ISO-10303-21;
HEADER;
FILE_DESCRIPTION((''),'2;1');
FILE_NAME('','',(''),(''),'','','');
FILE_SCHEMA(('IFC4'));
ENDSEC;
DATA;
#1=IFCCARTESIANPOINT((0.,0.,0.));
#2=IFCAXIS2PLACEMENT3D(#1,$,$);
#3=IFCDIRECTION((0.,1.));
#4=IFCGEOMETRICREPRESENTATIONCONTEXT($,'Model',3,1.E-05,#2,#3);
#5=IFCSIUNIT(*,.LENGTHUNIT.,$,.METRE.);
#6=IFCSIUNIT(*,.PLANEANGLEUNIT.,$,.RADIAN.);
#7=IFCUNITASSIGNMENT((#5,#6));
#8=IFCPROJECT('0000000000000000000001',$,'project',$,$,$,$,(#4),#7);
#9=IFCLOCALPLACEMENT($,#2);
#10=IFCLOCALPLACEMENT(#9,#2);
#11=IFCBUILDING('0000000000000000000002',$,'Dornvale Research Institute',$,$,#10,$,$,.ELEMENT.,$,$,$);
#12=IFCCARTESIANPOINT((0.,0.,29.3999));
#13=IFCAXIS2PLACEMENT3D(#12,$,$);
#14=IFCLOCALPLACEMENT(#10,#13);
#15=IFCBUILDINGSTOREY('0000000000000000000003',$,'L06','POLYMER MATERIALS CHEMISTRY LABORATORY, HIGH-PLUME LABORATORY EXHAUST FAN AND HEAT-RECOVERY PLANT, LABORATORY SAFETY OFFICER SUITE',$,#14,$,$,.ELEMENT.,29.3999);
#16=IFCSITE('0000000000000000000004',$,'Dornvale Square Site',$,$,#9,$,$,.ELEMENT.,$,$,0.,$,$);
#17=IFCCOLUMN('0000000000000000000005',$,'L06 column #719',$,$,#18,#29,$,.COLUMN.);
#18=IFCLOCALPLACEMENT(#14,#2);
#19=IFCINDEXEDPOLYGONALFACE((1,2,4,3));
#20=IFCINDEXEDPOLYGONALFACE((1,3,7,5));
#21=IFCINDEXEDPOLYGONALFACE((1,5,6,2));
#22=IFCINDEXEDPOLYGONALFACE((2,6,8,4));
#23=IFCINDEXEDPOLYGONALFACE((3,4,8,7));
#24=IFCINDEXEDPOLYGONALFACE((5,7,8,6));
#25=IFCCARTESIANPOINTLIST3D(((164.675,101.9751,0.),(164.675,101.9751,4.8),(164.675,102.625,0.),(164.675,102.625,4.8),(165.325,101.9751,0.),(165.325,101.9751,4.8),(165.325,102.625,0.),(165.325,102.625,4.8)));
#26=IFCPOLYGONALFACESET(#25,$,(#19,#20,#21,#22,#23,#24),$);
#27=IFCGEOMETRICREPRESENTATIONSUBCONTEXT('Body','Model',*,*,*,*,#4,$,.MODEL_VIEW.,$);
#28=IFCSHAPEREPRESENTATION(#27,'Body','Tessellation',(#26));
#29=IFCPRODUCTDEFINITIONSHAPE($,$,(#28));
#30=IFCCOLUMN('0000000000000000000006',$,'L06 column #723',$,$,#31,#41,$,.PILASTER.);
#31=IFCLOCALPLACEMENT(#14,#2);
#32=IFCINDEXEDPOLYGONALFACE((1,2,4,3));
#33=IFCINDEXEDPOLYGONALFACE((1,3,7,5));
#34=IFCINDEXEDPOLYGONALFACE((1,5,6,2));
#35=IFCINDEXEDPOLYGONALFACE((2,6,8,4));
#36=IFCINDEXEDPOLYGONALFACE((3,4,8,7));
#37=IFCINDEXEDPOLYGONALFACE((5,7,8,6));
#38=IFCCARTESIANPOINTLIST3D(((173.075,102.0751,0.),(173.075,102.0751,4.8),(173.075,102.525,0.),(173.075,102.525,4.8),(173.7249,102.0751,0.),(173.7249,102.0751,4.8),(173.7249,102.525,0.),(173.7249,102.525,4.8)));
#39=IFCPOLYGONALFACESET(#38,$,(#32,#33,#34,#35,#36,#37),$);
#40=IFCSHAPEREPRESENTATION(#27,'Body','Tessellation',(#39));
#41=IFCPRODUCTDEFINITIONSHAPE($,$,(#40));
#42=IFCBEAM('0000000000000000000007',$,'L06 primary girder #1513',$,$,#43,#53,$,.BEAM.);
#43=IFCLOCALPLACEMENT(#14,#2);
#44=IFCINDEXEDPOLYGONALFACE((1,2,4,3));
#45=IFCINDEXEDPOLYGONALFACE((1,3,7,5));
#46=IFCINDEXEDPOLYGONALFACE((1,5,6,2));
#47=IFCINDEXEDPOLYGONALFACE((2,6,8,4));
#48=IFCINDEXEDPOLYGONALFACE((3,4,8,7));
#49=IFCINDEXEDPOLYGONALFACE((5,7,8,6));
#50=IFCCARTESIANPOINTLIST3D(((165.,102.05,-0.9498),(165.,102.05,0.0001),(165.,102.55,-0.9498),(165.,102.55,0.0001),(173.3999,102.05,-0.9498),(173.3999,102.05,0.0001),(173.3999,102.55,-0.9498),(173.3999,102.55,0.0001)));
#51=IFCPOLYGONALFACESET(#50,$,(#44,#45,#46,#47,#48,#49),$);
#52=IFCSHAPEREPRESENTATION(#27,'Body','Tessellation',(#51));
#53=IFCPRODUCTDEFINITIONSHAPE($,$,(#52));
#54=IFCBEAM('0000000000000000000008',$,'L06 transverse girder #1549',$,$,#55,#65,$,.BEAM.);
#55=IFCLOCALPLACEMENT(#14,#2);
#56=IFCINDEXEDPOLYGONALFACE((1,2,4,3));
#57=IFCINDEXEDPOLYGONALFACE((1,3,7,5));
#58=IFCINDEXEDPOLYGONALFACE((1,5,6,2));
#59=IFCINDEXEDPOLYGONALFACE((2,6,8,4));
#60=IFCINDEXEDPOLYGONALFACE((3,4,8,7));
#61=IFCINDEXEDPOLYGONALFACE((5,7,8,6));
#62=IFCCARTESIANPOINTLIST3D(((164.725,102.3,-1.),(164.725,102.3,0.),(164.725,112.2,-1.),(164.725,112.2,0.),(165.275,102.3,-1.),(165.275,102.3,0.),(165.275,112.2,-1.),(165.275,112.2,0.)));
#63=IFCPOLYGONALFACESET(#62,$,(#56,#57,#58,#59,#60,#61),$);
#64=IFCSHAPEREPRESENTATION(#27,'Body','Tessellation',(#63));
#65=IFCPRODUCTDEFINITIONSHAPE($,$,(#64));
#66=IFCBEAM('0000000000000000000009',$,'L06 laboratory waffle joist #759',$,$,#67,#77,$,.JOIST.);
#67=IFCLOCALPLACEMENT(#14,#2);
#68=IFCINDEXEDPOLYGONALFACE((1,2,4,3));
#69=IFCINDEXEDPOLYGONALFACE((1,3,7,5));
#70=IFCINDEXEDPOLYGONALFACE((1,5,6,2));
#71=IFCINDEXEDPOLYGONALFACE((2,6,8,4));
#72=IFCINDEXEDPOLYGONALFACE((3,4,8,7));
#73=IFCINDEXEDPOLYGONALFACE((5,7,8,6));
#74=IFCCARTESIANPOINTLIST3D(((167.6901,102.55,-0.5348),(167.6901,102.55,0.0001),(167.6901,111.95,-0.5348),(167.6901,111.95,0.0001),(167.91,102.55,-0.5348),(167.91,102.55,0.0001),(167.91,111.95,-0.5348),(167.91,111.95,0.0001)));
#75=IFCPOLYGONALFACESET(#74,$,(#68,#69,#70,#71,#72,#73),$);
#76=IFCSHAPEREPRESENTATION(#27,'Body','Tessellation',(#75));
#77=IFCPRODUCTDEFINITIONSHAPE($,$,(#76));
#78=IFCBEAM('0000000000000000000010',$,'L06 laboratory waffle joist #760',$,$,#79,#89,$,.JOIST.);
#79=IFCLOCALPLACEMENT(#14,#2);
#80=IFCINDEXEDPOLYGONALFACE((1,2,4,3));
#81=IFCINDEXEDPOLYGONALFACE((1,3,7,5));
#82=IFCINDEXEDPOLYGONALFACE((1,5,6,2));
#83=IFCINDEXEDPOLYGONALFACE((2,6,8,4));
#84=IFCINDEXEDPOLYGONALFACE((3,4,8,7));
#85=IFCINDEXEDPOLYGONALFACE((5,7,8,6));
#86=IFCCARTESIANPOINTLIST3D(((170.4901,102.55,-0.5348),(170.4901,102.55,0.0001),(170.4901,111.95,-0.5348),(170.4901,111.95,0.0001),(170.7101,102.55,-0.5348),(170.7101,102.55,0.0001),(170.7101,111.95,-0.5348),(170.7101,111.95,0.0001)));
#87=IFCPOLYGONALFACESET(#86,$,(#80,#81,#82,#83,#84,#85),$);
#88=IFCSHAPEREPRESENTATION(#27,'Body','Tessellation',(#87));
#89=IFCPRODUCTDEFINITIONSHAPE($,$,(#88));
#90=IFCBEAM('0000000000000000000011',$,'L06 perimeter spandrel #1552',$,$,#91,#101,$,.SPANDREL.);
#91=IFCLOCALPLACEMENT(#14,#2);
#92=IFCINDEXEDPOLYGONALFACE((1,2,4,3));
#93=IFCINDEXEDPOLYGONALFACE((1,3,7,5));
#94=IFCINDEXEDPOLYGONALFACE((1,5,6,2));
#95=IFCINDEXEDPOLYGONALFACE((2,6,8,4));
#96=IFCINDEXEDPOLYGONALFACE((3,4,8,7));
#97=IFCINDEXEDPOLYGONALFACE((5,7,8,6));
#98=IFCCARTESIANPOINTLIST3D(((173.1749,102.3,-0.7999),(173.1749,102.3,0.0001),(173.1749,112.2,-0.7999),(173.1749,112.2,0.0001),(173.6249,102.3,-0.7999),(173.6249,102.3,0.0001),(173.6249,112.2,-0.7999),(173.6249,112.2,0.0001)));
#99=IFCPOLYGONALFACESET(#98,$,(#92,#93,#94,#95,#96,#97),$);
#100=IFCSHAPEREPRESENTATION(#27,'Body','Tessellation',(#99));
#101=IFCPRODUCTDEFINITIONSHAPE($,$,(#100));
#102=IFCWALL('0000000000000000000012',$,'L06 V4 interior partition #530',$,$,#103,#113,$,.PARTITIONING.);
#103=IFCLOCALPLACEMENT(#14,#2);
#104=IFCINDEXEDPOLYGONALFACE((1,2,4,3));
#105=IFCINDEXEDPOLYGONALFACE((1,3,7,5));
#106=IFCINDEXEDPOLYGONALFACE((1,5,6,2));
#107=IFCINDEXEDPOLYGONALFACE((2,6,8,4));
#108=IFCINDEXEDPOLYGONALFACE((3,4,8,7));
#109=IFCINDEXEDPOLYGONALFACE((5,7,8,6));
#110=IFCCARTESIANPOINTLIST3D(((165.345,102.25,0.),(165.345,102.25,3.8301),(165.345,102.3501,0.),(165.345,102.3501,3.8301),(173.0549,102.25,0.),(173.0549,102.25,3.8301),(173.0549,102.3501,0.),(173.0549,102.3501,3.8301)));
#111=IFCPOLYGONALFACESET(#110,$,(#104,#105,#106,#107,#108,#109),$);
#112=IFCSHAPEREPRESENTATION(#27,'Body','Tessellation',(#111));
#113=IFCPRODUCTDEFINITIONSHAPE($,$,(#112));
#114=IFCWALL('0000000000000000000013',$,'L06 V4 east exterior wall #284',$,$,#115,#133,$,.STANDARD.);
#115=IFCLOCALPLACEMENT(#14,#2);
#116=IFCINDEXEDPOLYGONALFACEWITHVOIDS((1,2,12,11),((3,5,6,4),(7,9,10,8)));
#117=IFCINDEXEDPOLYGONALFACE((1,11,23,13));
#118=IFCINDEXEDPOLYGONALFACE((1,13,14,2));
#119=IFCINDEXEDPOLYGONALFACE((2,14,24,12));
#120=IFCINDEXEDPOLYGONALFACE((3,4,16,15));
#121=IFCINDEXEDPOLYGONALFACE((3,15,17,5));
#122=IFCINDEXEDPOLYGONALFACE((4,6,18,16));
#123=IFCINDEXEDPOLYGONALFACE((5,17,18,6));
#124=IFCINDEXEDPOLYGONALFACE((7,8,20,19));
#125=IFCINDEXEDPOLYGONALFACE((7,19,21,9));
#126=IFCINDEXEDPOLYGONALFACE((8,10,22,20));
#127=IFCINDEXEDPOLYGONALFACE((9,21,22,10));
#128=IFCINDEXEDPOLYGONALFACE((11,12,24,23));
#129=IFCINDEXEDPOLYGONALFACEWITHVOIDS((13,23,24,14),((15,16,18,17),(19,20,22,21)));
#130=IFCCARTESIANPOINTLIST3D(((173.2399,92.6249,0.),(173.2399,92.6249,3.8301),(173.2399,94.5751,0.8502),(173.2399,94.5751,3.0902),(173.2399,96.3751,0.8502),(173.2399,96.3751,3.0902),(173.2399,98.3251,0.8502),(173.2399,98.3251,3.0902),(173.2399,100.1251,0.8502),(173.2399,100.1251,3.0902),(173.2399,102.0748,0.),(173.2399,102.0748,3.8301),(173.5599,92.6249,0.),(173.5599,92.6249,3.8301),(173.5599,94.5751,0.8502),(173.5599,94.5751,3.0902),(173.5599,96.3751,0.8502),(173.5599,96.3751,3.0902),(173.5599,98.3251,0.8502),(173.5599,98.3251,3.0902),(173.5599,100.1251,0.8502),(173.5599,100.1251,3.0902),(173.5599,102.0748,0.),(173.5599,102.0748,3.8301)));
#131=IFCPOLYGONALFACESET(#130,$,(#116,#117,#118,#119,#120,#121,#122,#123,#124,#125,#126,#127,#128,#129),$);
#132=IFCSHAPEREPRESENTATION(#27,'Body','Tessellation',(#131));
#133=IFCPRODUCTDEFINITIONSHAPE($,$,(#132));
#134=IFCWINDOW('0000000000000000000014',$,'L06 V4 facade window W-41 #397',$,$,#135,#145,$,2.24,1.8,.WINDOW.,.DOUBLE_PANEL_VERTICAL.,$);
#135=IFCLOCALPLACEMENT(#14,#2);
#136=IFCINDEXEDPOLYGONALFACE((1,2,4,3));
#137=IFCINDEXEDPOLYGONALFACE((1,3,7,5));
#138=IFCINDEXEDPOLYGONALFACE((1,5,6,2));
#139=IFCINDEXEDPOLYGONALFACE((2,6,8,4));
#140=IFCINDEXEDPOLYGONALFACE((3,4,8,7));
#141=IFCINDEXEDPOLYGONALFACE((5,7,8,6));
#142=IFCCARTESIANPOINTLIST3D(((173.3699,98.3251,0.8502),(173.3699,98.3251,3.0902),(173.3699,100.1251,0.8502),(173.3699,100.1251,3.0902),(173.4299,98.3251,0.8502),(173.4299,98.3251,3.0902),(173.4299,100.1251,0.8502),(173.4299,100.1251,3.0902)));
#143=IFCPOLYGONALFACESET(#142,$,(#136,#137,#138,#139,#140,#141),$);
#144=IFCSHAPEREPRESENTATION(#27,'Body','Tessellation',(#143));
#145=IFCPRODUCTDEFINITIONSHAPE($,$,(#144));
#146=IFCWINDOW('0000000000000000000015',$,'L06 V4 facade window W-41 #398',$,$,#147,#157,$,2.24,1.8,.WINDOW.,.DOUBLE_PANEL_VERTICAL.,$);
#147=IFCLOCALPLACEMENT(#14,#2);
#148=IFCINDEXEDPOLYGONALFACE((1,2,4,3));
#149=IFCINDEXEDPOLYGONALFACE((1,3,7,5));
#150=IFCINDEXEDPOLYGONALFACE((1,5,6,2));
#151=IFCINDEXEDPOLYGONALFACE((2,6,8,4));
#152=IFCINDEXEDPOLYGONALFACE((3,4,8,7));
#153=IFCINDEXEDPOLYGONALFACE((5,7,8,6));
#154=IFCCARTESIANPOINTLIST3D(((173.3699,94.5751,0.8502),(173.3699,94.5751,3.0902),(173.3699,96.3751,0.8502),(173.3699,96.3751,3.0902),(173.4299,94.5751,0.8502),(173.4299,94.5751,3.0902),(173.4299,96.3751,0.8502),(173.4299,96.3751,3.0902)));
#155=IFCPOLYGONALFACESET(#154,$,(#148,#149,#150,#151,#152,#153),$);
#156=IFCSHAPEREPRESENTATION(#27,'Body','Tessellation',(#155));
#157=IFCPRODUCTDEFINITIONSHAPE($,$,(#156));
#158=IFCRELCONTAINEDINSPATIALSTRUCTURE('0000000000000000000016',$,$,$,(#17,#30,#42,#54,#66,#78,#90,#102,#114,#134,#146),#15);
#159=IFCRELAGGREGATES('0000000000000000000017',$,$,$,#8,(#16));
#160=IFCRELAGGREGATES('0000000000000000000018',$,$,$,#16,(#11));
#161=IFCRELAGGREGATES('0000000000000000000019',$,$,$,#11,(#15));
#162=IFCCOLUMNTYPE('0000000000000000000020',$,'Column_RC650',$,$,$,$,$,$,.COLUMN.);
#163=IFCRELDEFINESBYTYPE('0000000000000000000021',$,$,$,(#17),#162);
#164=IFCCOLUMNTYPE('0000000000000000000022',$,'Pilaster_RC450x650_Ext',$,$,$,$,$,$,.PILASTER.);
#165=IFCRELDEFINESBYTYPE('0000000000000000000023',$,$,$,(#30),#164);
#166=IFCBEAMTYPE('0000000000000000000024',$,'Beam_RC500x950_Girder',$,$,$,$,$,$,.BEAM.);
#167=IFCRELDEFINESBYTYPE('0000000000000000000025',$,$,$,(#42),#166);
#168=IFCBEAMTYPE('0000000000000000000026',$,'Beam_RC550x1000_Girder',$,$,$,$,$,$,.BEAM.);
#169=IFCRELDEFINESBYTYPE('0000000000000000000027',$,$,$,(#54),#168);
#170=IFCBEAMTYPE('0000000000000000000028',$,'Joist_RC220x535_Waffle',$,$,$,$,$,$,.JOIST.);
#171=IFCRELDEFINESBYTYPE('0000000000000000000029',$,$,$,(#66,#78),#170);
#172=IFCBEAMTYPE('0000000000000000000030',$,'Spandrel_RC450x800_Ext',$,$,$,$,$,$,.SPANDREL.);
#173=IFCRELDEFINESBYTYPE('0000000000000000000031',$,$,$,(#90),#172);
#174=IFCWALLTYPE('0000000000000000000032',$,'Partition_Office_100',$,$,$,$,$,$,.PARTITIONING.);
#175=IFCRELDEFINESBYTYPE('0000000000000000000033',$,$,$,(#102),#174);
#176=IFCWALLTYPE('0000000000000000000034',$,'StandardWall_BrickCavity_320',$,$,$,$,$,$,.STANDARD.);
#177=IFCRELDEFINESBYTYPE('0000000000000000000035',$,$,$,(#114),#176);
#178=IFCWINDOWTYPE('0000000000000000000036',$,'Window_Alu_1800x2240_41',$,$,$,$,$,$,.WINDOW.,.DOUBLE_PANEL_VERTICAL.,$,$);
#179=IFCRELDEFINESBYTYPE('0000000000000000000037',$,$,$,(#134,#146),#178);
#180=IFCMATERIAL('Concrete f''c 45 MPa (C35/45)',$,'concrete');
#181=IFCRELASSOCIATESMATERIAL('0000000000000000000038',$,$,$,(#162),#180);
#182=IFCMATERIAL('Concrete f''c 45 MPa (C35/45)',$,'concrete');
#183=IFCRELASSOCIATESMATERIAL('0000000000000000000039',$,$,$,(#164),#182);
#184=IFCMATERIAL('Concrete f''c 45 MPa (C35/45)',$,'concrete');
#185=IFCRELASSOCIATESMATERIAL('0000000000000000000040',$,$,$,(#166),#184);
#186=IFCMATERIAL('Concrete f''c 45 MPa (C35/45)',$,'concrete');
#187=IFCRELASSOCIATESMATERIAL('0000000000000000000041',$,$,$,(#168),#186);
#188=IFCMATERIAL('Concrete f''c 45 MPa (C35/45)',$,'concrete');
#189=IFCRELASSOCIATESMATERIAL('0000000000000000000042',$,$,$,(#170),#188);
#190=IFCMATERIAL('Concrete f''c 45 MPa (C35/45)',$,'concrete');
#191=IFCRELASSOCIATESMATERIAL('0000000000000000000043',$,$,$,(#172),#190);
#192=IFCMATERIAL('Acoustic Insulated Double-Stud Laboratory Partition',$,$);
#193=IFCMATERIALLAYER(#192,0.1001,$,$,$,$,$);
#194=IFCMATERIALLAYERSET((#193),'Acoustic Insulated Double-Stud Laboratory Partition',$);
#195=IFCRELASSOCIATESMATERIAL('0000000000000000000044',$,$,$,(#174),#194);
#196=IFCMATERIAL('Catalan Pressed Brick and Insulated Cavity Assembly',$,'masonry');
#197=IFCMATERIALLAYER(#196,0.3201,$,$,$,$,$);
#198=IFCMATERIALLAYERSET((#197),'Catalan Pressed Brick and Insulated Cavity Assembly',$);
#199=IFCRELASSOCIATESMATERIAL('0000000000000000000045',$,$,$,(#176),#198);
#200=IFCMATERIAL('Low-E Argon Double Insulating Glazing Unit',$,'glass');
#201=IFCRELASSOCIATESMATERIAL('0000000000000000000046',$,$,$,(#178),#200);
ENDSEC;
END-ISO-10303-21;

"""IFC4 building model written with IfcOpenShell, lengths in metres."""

from ifc_helpers import new_model, si_unit, direction, frame, frame_2d, origin, origin_2d, place, context, subcontext, project, spatial, rectangle, extrude, material, layer, layer_set, material_profile, profile_set, type_object, element, fill, save


model = new_model("IFC4")

# Units and contexts
model_context = context("Model", 3, precision=1e-05, world=origin(), true_north=direction((0.0, 1.0)))
body_context = subcontext(model_context, "Body", "Model", "MODEL_VIEW")
ifc_project = project(units=[si_unit("LENGTHUNIT", "METRE"), si_unit("PLANEANGLEUNIT", "RADIAN")], contexts=[model_context])

# Site, building, storey
site_placement = place(None, origin())
site = spatial("IfcSite", under=ifc_project, at=site_placement, Name="Dornvale Square Site", CompositionType="ELEMENT", RefElevation=0.0)
building_placement = place(site_placement, origin())
building = spatial("IfcBuilding", under=site, at=building_placement, Name="Dornvale Research Institute", CompositionType="ELEMENT")
storey_placement = place(building_placement, frame((0.0, 0.0, 29.3999)))
storey = spatial("IfcBuildingStorey", under=building, at=storey_placement, Name="L06", Description="POLYMER MATERIALS CHEMISTRY LABORATORY, HIGH-PLUME LABORATORY EXHAUST FAN AND HEAT-RECOVERY PLANT, LABORATORY SAFETY OFFICER SUITE", CompositionType="ELEMENT", Elevation=29.3999)

# Columns
ifc_material_1 = material(Name="Concrete f'c 45 MPa (C35/45)", Category="concrete")
ifc_material_profile_1 = material_profile(ifc_material_1, rectangle(XDim=0.6499, YDim=0.6499, at=origin_2d()), Name="RC 650x650")
ifc_profile_set_1 = profile_set([ifc_material_profile_1], Name="Concrete f'c 45 MPa (C35/45)")
column_type_1 = type_object("IfcColumnType", Name="Column_RC650", PredefinedType="COLUMN", material=ifc_profile_set_1)
column_1_placement = place(storey_placement, frame((165.0, 102.3, 0.0), z_axis=(0.0, 0.0, 1.0), x_axis=(1.0, 0.0, 0.0)))
element("IfcColumn", 1, at=column_1_placement, inside=storey, type_object=column_type_1, Name="L06 column #719", PredefinedType="COLUMN", context=body_context, shape_type="SweptSolid", body=[
    extrude(rectangle(XDim=0.6499, YDim=0.6499, at=origin_2d()), origin(), (0.0, 0.0, 1.0), 4.8),
])
ifc_material_2 = material(Name="Concrete f'c 45 MPa (C35/45)", Category="concrete")
ifc_material_profile_2 = material_profile(ifc_material_2, rectangle(XDim=0.45, YDim=0.6499, at=origin_2d()), Name="RC 450x650")
ifc_profile_set_2 = profile_set([ifc_material_profile_2], Name="Concrete f'c 45 MPa (C35/45)")
column_type_2 = type_object("IfcColumnType", Name="Pilaster_RC450x650_Ext", PredefinedType="PILASTER", material=ifc_profile_set_2)
column_2_placement = place(storey_placement, frame((173.3999, 102.3, 0.0), z_axis=(0.0, 0.0, 1.0), x_axis=(0.0, 1.0, 0.0)))
element("IfcColumn", 2, at=column_2_placement, inside=storey, type_object=column_type_2, Name="L06 column #723", PredefinedType="PILASTER", context=body_context, shape_type="SweptSolid", body=[
    extrude(rectangle(XDim=0.45, YDim=0.6499, at=origin_2d()), origin(), (0.0, 0.0, 1.0), 4.8),
])

# Beams
ifc_material_3 = material(Name="Concrete f'c 45 MPa (C35/45)", Category="concrete")
ifc_material_profile_3 = material_profile(ifc_material_3, rectangle(XDim=0.5, YDim=0.95, at=origin_2d()), Name="RC 500x950")
ifc_profile_set_3 = profile_set([ifc_material_profile_3], Name="Concrete f'c 45 MPa (C35/45)")
beam_type_1 = type_object("IfcBeamType", Name="Beam_RC500x950_Girder", PredefinedType="BEAM", material=ifc_profile_set_3)
beam_1_placement = place(storey_placement, frame((165.0, 102.3, -0.4749), z_axis=(1.0, 0.0, 0.0), x_axis=(0.0, 1.0, 0.0)))
element("IfcBeam", 3, at=beam_1_placement, inside=storey, type_object=beam_type_1, Name="L06 primary girder #1513", PredefinedType="BEAM", context=body_context, shape_type="SweptSolid", body=[
    extrude(rectangle(XDim=0.5, YDim=0.95, at=origin_2d()), origin(), (0.0, 0.0, 1.0), 8.3999),
])
ifc_material_4 = material(Name="Concrete f'c 45 MPa (C35/45)", Category="concrete")
ifc_material_profile_4 = material_profile(ifc_material_4, rectangle(XDim=0.55, YDim=1.0, at=origin_2d()), Name="RC 550x1000")
ifc_profile_set_4 = profile_set([ifc_material_profile_4], Name="Concrete f'c 45 MPa (C35/45)")
beam_type_2 = type_object("IfcBeamType", Name="Beam_RC550x1000_Girder", PredefinedType="BEAM", material=ifc_profile_set_4)
beam_2_placement = place(storey_placement, frame((165.0, 102.3, -0.5), z_axis=(0.0, 1.0, 0.0), x_axis=(-1.0, 0.0, 0.0)))
element("IfcBeam", 4, at=beam_2_placement, inside=storey, type_object=beam_type_2, Name="L06 transverse girder #1549", PredefinedType="BEAM", context=body_context, shape_type="SweptSolid", body=[
    extrude(rectangle(XDim=0.55, YDim=1.0, at=origin_2d()), origin(), (0.0, 0.0, 1.0), 9.8999),
])
ifc_material_5 = material(Name="Concrete f'c 45 MPa (C35/45)", Category="concrete")
ifc_material_profile_5 = material_profile(ifc_material_5, rectangle(XDim=0.22, YDim=0.5349, at=origin_2d()), Name="RC 220x535")
ifc_profile_set_5 = profile_set([ifc_material_profile_5], Name="Concrete f'c 45 MPa (C35/45)")
beam_type_3 = type_object("IfcBeamType", Name="Joist_RC220x535_Waffle", PredefinedType="JOIST", material=ifc_profile_set_5)
for number, where, z_axis, x_axis, name in (
    (5, (167.8, 102.55, -0.2673), (0.0, 1.0, 0.0), (-1.0, 0.0, 0.0), "L06 laboratory waffle joist #759"),
    (6, (170.6001, 102.55, -0.2673), (0.0, 1.0, 0.0), (-1.0, 0.0, 0.0), "L06 laboratory waffle joist #760"),
):
    element("IfcBeam", number, at=place(storey_placement, frame(where, z_axis=z_axis, x_axis=x_axis)), inside=storey, type_object=beam_type_3, Name=name, PredefinedType="JOIST", context=body_context, shape_type="SweptSolid", body=[
        extrude(rectangle(XDim=0.22, YDim=0.5349, at=origin_2d()), origin(), (0.0, 0.0, 1.0), 9.3999),
    ])
ifc_material_6 = material(Name="Concrete f'c 45 MPa (C35/45)", Category="concrete")
ifc_material_profile_6 = material_profile(ifc_material_6, rectangle(XDim=0.45, YDim=0.8, at=origin_2d()), Name="RC 450x800")
ifc_profile_set_6 = profile_set([ifc_material_profile_6], Name="Concrete f'c 45 MPa (C35/45)")
beam_type_4 = type_object("IfcBeamType", Name="Spandrel_RC450x800_Ext", PredefinedType="SPANDREL", material=ifc_profile_set_6)
beam_3_placement = place(storey_placement, frame((173.3999, 102.3, -0.3999), z_axis=(0.0, 1.0, 0.0), x_axis=(-1.0, 0.0, 0.0)))
element("IfcBeam", 7, at=beam_3_placement, inside=storey, type_object=beam_type_4, Name="L06 perimeter spandrel #1552", PredefinedType="SPANDREL", context=body_context, shape_type="SweptSolid", body=[
    extrude(rectangle(XDim=0.45, YDim=0.8, at=origin_2d()), origin(), (0.0, 0.0, 1.0), 9.8999),
])

# Wall
ifc_material_7 = material(Name="Acoustic Insulated Double-Stud Laboratory Partition")
ifc_layer_1 = layer(ifc_material_7, 0.1001)
ifc_layer_set_1 = layer_set([ifc_layer_1], Name="Acoustic Insulated Double-Stud Laboratory Partition")
wall_type_1 = type_object("IfcWallType", Name="Partition_Office_100", PredefinedType="PARTITIONING", material=ifc_layer_set_1)
wall_1_placement = place(storey_placement, frame((165.345, 102.3, 0.0), z_axis=(0.0, 0.0, 1.0), x_axis=(1.0, 0.0, 0.0)))
element("IfcWall", 8, at=wall_1_placement, inside=storey, type_object=wall_type_1, Name="L06 V4 interior partition #530", PredefinedType="PARTITIONING", context=body_context, shape_type="SweptSolid", body=[
    extrude(rectangle(XDim=7.71, YDim=0.1001, at=frame_2d((3.855, 0.0))), origin(), (0.0, 0.0, 1.0), 3.8301),
])

# Wall, openings, windows
ifc_material_8 = material(Name="Catalan Pressed Brick and Insulated Cavity Assembly", Category="masonry")
ifc_layer_2 = layer(ifc_material_8, 0.3201)
ifc_layer_set_2 = layer_set([ifc_layer_2], Name="Catalan Pressed Brick and Insulated Cavity Assembly")
wall_type_2 = type_object("IfcWallType", Name="StandardWall_BrickCavity_320", PredefinedType="STANDARD", material=ifc_layer_set_2)
wall_2_placement = place(storey_placement, frame((173.3999, 102.075, 0.0), z_axis=(0.0, 0.0, 1.0), x_axis=(0.0, -1.0, 0.0)))
wall_2 = element("IfcWall", 9, at=wall_2_placement, inside=storey, type_object=wall_type_2, Name="L06 V4 east exterior wall #284", PredefinedType="STANDARD", context=body_context, shape_type="SweptSolid", body=[
    extrude(rectangle(XDim=9.45, YDim=0.3201, at=frame_2d((4.7251, 0.0))), origin(), (0.0, 0.0, 1.0), 3.8301),
])
opening_1_placement = place(wall_2_placement, frame((1.95, 0.0, 0.8501)))
opening_1 = element("IfcOpeningElement", 10, at=opening_1_placement, cuts=wall_2, PredefinedType="OPENING", context=body_context, shape_type="SweptSolid", body=[
    extrude(rectangle(XDim=1.8, YDim=2.24, at=frame_2d((0.8999, 1.1201))), frame((0.0, 0.175, 0.0), z_axis=(0.0, -1.0, 0.0), x_axis=(1.0, 0.0, 0.0)), (0.0, 0.0, 1.0), 0.3501),
])
opening_2_placement = place(wall_2_placement, frame((5.7, 0.0, 0.8501)))
opening_2 = element("IfcOpeningElement", 11, at=opening_2_placement, cuts=wall_2, PredefinedType="OPENING", context=body_context, shape_type="SweptSolid", body=[
    extrude(rectangle(XDim=1.8, YDim=2.24, at=frame_2d((0.8999, 1.1201))), frame((0.0, 0.175, 0.0), z_axis=(0.0, -1.0, 0.0), x_axis=(1.0, 0.0, 0.0)), (0.0, 0.0, 1.0), 0.3501),
])
ifc_material_9 = material(Name="Low-E Argon Double Insulating Glazing Unit", Category="glass")
window_type = type_object("IfcWindowType", Name="Window_Alu_1800x2240_41", PartitioningType="DOUBLE_PANEL_VERTICAL", PredefinedType="WINDOW", material=ifc_material_9)
window_1_placement = place(opening_1_placement, origin())
window_1 = element("IfcWindow", 12, at=window_1_placement, inside=storey, type_object=window_type, Name="L06 V4 facade window W-41 #397", OverallHeight=2.24, OverallWidth=1.8, PartitioningType="DOUBLE_PANEL_VERTICAL", PredefinedType="WINDOW", context=body_context, shape_type="SweptSolid", body=[
    extrude(rectangle(XDim=1.8, YDim=2.24, at=frame_2d((0.8999, 1.1201))), frame((0.0, 0.03, 0.0), z_axis=(0.0, -1.0, 0.0), x_axis=(1.0, 0.0, 0.0)), (0.0, 0.0, 1.0), 0.0601),
])
fill(opening_1, window_1)
window_2_placement = place(opening_2_placement, origin())
window_2 = element("IfcWindow", 13, at=window_2_placement, inside=storey, type_object=window_type, Name="L06 V4 facade window W-41 #398", OverallHeight=2.24, OverallWidth=1.8, PartitioningType="DOUBLE_PANEL_VERTICAL", PredefinedType="WINDOW", context=body_context, shape_type="SweptSolid", body=[
    extrude(rectangle(XDim=1.8, YDim=2.24, at=frame_2d((0.8999, 1.1201))), frame((0.0, 0.03, 0.0), z_axis=(0.0, -1.0, 0.0), x_axis=(1.0, 0.0, 0.0)), (0.0, 0.0, 1.0), 0.0601),
])
fill(opening_2, window_2)

save(model, "model.ifc")
